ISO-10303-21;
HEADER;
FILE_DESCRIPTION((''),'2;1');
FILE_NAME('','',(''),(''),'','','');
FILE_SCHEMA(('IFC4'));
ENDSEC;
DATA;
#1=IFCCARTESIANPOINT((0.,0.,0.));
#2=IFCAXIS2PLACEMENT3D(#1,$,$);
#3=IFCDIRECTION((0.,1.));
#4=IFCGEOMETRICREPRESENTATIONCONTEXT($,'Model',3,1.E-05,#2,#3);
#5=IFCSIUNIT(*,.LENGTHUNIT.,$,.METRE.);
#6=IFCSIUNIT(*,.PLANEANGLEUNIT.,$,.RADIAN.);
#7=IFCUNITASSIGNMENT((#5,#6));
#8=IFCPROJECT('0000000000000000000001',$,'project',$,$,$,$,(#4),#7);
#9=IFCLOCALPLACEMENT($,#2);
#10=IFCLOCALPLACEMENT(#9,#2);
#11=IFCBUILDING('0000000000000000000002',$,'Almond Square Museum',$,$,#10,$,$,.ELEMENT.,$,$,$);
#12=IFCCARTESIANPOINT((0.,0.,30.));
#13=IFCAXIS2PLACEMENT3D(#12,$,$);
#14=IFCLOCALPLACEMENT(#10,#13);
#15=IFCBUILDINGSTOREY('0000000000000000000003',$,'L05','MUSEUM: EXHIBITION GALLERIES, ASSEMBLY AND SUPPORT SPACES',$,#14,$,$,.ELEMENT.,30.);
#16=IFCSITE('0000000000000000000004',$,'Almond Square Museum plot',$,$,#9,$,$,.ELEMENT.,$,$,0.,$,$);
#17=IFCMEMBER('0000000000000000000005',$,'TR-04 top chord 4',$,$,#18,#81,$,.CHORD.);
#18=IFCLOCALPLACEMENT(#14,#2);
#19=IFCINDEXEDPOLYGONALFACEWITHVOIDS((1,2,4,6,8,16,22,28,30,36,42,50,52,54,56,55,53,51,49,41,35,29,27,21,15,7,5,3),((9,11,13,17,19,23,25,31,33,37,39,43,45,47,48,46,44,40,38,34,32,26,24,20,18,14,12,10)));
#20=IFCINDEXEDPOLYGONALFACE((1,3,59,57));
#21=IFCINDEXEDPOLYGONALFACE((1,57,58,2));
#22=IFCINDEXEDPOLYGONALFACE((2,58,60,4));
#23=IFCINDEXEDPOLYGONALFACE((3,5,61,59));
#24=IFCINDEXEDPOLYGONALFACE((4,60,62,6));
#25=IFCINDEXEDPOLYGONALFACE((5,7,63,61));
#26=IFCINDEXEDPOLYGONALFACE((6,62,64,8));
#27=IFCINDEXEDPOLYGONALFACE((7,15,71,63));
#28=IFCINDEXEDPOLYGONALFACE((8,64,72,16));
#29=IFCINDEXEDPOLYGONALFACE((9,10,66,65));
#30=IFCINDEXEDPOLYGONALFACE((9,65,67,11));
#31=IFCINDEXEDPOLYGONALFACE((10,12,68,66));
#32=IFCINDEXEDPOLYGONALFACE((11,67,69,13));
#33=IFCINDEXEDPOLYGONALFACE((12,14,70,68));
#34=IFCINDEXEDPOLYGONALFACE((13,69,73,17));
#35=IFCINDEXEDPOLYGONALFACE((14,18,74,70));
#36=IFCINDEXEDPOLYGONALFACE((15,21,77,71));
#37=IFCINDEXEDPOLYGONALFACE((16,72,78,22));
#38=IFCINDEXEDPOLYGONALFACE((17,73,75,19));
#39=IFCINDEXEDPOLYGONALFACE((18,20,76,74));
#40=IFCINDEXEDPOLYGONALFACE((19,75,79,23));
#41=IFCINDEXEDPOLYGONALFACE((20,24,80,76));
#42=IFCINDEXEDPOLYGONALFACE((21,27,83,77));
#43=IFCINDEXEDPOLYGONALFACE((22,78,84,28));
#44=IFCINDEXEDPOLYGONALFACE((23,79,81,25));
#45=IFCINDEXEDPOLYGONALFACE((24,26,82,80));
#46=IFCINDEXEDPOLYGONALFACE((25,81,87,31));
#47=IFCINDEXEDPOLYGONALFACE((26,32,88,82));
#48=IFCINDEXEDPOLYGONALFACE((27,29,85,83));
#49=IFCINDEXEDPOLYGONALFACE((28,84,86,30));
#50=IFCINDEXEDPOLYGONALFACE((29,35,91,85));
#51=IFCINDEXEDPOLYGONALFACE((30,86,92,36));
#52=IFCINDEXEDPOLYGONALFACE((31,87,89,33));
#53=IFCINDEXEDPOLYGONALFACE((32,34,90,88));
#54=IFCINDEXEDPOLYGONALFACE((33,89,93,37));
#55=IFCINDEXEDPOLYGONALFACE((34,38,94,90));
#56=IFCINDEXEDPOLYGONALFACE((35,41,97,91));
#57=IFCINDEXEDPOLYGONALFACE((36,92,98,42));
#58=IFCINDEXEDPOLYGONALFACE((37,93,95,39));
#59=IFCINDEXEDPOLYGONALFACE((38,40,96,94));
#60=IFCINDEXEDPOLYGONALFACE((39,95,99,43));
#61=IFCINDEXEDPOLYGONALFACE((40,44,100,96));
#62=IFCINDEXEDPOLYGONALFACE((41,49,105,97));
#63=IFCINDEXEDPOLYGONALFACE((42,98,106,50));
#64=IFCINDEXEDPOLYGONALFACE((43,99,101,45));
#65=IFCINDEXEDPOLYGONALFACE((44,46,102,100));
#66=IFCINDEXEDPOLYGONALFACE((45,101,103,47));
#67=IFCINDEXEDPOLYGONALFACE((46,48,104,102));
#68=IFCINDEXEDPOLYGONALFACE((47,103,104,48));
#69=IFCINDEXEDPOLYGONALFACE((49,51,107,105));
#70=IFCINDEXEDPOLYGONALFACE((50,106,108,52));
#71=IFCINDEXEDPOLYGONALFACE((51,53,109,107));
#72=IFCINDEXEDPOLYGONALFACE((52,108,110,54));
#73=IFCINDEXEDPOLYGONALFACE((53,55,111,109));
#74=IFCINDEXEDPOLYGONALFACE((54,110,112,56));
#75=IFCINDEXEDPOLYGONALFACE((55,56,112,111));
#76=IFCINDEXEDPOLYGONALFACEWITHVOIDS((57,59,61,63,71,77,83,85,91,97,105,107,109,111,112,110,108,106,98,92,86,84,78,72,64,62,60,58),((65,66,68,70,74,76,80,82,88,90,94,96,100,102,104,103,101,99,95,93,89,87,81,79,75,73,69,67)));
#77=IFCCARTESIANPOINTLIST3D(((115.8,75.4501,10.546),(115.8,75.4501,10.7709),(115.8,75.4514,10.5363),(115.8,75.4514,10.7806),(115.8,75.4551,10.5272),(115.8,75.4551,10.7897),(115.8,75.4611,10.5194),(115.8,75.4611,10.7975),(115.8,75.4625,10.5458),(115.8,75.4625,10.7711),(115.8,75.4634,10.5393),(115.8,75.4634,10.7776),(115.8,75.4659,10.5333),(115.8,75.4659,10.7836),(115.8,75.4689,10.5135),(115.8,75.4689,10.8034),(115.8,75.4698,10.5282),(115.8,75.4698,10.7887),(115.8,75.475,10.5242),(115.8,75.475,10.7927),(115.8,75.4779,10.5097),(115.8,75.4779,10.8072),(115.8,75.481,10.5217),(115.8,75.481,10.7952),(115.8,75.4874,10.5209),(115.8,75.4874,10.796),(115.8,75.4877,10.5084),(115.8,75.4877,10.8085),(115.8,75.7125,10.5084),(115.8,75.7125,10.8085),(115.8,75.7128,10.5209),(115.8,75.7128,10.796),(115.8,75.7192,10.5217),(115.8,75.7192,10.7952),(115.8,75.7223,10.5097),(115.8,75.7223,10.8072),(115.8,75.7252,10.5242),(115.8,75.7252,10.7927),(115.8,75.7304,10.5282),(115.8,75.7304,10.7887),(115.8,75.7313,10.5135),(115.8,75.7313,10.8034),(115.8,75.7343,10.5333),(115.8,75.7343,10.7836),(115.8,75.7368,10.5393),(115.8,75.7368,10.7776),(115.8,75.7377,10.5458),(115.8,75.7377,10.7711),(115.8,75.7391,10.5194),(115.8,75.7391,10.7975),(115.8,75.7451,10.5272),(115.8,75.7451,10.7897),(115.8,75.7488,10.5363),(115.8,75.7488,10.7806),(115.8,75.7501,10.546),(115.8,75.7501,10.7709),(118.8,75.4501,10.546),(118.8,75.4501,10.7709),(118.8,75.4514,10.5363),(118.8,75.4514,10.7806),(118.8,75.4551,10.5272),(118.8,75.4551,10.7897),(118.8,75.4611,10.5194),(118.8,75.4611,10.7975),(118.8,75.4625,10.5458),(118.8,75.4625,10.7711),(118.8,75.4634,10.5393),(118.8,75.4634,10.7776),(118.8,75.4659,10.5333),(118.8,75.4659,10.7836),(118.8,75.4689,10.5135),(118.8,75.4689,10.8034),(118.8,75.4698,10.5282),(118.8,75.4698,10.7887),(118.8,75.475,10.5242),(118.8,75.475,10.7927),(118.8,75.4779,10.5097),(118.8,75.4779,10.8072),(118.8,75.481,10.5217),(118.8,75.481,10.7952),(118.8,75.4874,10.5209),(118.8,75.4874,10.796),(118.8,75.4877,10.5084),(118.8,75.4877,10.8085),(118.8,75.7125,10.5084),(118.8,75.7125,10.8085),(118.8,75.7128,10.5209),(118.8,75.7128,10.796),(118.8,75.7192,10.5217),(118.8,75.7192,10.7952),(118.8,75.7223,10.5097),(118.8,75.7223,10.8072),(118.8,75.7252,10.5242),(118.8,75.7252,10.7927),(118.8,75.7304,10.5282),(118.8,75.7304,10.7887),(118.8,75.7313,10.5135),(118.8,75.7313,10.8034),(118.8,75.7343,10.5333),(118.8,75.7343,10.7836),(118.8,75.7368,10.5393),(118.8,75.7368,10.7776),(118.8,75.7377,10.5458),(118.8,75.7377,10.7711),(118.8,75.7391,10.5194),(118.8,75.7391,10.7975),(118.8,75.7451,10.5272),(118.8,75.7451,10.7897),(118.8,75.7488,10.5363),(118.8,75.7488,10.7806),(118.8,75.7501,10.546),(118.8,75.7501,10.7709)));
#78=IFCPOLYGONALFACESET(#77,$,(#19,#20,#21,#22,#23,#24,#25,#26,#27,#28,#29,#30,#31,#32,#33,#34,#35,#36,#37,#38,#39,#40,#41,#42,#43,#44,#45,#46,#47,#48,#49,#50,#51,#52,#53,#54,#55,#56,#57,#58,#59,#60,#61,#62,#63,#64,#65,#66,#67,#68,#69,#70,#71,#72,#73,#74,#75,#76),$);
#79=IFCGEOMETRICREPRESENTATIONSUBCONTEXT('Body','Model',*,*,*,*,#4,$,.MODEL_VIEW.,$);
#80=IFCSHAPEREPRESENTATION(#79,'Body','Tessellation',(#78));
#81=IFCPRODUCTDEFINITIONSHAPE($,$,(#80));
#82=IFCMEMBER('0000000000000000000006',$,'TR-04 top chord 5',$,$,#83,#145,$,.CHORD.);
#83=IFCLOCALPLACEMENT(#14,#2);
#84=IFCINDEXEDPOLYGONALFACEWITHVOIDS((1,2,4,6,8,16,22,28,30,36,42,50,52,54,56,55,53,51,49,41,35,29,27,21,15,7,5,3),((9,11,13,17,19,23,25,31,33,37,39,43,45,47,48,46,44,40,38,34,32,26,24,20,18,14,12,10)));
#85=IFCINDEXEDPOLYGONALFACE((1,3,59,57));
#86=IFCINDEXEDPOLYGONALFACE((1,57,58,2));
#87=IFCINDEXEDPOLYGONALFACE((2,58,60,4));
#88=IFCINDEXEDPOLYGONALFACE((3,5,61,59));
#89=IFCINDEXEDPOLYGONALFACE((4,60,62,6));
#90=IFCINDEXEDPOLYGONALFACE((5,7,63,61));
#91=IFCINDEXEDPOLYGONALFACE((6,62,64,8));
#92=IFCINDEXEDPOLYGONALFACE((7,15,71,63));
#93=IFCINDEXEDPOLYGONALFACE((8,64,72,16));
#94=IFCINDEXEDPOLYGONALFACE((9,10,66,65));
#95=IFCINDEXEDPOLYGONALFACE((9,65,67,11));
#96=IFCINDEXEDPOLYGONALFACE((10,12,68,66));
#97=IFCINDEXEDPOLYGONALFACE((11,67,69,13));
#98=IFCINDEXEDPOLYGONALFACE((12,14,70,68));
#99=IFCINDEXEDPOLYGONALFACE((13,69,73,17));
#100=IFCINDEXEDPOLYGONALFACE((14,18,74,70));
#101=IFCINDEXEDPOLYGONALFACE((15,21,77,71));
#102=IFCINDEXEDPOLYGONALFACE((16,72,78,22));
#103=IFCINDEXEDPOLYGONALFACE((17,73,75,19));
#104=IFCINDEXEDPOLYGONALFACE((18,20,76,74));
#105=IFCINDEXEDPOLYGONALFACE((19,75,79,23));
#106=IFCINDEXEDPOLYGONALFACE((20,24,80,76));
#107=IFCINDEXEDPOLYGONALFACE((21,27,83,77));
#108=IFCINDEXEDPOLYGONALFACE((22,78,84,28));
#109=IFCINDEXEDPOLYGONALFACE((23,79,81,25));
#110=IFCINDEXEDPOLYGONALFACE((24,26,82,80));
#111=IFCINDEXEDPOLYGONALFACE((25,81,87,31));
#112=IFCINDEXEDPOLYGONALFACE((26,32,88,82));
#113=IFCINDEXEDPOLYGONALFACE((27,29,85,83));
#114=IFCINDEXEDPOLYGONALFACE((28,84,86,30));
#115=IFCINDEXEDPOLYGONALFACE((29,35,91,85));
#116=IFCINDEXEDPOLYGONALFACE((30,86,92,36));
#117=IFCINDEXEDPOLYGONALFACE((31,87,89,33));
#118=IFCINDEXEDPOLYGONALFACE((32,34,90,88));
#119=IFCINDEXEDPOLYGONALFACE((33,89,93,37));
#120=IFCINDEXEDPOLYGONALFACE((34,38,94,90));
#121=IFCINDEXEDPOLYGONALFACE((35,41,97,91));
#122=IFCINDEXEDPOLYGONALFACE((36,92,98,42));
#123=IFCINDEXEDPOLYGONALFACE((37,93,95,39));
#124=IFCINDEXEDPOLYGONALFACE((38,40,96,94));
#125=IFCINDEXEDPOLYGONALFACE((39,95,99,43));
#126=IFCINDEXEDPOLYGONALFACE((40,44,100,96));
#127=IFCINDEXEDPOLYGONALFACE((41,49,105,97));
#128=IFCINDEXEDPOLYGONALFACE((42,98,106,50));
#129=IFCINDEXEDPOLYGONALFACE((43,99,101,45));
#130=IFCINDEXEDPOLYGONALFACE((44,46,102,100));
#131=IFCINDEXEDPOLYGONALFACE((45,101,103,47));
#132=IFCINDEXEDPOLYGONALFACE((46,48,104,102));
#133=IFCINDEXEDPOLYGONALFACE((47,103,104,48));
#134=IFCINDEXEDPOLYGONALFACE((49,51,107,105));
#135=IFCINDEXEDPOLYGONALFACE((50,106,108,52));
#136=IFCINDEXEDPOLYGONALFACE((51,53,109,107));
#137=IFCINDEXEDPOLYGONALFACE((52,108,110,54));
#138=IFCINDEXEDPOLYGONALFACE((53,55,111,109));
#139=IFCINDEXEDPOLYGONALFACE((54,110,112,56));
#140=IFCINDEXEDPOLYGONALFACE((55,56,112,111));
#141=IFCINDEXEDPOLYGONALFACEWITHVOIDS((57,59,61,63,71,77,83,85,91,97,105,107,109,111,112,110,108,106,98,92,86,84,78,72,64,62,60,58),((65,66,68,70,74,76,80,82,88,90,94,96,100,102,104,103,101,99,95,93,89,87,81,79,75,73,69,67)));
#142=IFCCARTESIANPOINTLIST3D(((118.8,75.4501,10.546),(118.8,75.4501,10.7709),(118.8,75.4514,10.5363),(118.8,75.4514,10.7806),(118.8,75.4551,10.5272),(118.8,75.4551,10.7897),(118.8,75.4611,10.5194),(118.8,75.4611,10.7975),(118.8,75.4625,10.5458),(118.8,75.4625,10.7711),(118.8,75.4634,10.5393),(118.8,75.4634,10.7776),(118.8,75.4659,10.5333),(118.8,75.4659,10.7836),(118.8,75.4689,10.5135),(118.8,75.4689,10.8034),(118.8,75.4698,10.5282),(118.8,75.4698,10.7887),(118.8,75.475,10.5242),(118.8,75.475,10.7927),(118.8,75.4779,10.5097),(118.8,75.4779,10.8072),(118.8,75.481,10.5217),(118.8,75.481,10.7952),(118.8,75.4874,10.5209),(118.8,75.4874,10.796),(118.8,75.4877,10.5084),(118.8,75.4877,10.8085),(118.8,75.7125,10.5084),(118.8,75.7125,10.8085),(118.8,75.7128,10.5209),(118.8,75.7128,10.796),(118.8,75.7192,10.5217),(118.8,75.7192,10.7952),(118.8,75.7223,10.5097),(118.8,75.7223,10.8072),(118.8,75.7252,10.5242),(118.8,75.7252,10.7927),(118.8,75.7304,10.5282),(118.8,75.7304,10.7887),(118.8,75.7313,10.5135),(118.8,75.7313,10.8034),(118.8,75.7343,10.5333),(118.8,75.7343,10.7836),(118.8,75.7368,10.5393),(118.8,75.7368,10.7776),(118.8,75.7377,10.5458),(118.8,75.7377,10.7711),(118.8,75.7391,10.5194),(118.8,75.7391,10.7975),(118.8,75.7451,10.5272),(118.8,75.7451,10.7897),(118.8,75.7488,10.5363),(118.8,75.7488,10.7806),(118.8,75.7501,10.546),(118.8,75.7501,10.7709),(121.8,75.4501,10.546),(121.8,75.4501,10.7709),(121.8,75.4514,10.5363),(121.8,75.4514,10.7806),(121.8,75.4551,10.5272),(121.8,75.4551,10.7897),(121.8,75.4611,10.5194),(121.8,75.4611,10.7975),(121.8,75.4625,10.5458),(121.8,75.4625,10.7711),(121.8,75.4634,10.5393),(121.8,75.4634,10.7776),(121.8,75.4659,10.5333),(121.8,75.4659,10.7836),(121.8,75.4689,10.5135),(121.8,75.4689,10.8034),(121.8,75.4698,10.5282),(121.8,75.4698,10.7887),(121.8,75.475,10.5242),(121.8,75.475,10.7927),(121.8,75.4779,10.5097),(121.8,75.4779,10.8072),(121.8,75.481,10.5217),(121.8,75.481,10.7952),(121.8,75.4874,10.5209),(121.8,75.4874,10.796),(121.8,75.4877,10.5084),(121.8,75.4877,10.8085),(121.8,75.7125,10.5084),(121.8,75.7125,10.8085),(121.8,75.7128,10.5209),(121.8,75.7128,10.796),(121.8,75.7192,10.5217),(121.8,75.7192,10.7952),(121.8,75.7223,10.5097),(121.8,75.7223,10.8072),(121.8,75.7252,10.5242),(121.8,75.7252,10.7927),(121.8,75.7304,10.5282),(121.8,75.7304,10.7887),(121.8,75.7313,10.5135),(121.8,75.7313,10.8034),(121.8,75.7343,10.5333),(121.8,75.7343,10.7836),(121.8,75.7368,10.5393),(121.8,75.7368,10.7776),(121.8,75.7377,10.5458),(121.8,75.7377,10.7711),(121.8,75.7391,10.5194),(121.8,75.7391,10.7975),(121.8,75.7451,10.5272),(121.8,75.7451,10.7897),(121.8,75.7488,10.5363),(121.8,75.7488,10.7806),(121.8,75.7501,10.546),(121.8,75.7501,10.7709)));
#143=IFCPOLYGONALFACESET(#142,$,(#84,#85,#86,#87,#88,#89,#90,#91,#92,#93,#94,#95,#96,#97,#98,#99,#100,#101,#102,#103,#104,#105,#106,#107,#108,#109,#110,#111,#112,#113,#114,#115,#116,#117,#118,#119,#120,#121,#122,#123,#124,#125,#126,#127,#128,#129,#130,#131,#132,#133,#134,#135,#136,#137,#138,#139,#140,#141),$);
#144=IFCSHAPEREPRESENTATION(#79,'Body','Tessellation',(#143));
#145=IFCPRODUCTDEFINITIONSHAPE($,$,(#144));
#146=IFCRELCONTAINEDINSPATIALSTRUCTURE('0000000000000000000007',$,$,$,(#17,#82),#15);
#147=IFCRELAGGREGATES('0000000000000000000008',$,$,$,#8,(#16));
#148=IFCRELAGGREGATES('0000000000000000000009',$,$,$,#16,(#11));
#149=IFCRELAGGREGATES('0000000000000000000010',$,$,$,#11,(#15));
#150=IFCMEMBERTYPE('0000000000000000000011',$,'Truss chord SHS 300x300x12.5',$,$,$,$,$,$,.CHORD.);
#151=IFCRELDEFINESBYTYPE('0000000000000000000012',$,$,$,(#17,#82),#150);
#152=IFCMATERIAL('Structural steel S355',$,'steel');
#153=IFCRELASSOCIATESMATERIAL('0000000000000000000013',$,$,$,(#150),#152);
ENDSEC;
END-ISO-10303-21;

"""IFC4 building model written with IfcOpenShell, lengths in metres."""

from ifc_helpers import new_model, si_unit, direction, frame, origin, origin_2d, place, context, subcontext, project, spatial, hollow_rectangle, extrude, material, material_profile, profile_set, type_object, element, save


model = new_model("IFC4")

# Units and contexts
model_context = context("Model", 3, precision=1e-05, world=origin(), true_north=direction((0.0, 1.0)))
body_context = subcontext(model_context, "Body", "Model", "MODEL_VIEW")
ifc_project = project(units=[si_unit("LENGTHUNIT", "METRE"), si_unit("PLANEANGLEUNIT", "RADIAN")], contexts=[model_context])

# Site, building, storey
site_placement = place(None, origin())
site = spatial("IfcSite", under=ifc_project, at=site_placement, Name="Almond Square Museum plot", CompositionType="ELEMENT", RefElevation=0.0)
building_placement = place(site_placement, origin())
building = spatial("IfcBuilding", under=site, at=building_placement, Name="Almond Square Museum", CompositionType="ELEMENT")
storey_placement = place(building_placement, frame((0.0, 0.0, 30.0)))
storey = spatial("IfcBuildingStorey", under=building, at=storey_placement, Name="L05", Description="MUSEUM: EXHIBITION GALLERIES, ASSEMBLY AND SUPPORT SPACES", CompositionType="ELEMENT", Elevation=30.0)

# Members
ifc_material_1 = material(Name="Structural steel S355", Category="steel")
ifc_material_profile_1 = material_profile(ifc_material_1, hollow_rectangle(XDim=0.3, YDim=0.3, WallThickness=0.0125, InnerFilletRadius=0.0249, OuterFilletRadius=0.0376, at=origin_2d()))
ifc_profile_set_1 = profile_set([ifc_material_profile_1], Name="Structural steel S355")
member_type_1 = type_object("IfcMemberType", Name="Truss chord SHS 300x300x12.5", PredefinedType="CHORD", material=ifc_profile_set_1)
for number, where, z_axis, x_axis, name in (
    (1, (115.8, 75.6001, 10.6584), (1.0, 0.0, 0.0), (0.0, 1.0, 0.0), "TR-04 top chord 4"),
    (2, (118.8, 75.6001, 10.6584), (1.0, 0.0, 0.0), (0.0, 1.0, 0.0), "TR-04 top chord 5"),
):
    element("IfcMember", number, at=place(storey_placement, frame(where, z_axis=z_axis, x_axis=x_axis)), inside=storey, type_object=member_type_1, Name=name, PredefinedType="CHORD", context=body_context, shape_type="SweptSolid", body=[
        extrude(hollow_rectangle(XDim=0.3, YDim=0.3, WallThickness=0.0125, InnerFilletRadius=0.0249, OuterFilletRadius=0.0376, at=origin_2d()), origin(), (0.0, 0.0, 1.0), 3.0),
    ])

save(model, "model.ifc")
